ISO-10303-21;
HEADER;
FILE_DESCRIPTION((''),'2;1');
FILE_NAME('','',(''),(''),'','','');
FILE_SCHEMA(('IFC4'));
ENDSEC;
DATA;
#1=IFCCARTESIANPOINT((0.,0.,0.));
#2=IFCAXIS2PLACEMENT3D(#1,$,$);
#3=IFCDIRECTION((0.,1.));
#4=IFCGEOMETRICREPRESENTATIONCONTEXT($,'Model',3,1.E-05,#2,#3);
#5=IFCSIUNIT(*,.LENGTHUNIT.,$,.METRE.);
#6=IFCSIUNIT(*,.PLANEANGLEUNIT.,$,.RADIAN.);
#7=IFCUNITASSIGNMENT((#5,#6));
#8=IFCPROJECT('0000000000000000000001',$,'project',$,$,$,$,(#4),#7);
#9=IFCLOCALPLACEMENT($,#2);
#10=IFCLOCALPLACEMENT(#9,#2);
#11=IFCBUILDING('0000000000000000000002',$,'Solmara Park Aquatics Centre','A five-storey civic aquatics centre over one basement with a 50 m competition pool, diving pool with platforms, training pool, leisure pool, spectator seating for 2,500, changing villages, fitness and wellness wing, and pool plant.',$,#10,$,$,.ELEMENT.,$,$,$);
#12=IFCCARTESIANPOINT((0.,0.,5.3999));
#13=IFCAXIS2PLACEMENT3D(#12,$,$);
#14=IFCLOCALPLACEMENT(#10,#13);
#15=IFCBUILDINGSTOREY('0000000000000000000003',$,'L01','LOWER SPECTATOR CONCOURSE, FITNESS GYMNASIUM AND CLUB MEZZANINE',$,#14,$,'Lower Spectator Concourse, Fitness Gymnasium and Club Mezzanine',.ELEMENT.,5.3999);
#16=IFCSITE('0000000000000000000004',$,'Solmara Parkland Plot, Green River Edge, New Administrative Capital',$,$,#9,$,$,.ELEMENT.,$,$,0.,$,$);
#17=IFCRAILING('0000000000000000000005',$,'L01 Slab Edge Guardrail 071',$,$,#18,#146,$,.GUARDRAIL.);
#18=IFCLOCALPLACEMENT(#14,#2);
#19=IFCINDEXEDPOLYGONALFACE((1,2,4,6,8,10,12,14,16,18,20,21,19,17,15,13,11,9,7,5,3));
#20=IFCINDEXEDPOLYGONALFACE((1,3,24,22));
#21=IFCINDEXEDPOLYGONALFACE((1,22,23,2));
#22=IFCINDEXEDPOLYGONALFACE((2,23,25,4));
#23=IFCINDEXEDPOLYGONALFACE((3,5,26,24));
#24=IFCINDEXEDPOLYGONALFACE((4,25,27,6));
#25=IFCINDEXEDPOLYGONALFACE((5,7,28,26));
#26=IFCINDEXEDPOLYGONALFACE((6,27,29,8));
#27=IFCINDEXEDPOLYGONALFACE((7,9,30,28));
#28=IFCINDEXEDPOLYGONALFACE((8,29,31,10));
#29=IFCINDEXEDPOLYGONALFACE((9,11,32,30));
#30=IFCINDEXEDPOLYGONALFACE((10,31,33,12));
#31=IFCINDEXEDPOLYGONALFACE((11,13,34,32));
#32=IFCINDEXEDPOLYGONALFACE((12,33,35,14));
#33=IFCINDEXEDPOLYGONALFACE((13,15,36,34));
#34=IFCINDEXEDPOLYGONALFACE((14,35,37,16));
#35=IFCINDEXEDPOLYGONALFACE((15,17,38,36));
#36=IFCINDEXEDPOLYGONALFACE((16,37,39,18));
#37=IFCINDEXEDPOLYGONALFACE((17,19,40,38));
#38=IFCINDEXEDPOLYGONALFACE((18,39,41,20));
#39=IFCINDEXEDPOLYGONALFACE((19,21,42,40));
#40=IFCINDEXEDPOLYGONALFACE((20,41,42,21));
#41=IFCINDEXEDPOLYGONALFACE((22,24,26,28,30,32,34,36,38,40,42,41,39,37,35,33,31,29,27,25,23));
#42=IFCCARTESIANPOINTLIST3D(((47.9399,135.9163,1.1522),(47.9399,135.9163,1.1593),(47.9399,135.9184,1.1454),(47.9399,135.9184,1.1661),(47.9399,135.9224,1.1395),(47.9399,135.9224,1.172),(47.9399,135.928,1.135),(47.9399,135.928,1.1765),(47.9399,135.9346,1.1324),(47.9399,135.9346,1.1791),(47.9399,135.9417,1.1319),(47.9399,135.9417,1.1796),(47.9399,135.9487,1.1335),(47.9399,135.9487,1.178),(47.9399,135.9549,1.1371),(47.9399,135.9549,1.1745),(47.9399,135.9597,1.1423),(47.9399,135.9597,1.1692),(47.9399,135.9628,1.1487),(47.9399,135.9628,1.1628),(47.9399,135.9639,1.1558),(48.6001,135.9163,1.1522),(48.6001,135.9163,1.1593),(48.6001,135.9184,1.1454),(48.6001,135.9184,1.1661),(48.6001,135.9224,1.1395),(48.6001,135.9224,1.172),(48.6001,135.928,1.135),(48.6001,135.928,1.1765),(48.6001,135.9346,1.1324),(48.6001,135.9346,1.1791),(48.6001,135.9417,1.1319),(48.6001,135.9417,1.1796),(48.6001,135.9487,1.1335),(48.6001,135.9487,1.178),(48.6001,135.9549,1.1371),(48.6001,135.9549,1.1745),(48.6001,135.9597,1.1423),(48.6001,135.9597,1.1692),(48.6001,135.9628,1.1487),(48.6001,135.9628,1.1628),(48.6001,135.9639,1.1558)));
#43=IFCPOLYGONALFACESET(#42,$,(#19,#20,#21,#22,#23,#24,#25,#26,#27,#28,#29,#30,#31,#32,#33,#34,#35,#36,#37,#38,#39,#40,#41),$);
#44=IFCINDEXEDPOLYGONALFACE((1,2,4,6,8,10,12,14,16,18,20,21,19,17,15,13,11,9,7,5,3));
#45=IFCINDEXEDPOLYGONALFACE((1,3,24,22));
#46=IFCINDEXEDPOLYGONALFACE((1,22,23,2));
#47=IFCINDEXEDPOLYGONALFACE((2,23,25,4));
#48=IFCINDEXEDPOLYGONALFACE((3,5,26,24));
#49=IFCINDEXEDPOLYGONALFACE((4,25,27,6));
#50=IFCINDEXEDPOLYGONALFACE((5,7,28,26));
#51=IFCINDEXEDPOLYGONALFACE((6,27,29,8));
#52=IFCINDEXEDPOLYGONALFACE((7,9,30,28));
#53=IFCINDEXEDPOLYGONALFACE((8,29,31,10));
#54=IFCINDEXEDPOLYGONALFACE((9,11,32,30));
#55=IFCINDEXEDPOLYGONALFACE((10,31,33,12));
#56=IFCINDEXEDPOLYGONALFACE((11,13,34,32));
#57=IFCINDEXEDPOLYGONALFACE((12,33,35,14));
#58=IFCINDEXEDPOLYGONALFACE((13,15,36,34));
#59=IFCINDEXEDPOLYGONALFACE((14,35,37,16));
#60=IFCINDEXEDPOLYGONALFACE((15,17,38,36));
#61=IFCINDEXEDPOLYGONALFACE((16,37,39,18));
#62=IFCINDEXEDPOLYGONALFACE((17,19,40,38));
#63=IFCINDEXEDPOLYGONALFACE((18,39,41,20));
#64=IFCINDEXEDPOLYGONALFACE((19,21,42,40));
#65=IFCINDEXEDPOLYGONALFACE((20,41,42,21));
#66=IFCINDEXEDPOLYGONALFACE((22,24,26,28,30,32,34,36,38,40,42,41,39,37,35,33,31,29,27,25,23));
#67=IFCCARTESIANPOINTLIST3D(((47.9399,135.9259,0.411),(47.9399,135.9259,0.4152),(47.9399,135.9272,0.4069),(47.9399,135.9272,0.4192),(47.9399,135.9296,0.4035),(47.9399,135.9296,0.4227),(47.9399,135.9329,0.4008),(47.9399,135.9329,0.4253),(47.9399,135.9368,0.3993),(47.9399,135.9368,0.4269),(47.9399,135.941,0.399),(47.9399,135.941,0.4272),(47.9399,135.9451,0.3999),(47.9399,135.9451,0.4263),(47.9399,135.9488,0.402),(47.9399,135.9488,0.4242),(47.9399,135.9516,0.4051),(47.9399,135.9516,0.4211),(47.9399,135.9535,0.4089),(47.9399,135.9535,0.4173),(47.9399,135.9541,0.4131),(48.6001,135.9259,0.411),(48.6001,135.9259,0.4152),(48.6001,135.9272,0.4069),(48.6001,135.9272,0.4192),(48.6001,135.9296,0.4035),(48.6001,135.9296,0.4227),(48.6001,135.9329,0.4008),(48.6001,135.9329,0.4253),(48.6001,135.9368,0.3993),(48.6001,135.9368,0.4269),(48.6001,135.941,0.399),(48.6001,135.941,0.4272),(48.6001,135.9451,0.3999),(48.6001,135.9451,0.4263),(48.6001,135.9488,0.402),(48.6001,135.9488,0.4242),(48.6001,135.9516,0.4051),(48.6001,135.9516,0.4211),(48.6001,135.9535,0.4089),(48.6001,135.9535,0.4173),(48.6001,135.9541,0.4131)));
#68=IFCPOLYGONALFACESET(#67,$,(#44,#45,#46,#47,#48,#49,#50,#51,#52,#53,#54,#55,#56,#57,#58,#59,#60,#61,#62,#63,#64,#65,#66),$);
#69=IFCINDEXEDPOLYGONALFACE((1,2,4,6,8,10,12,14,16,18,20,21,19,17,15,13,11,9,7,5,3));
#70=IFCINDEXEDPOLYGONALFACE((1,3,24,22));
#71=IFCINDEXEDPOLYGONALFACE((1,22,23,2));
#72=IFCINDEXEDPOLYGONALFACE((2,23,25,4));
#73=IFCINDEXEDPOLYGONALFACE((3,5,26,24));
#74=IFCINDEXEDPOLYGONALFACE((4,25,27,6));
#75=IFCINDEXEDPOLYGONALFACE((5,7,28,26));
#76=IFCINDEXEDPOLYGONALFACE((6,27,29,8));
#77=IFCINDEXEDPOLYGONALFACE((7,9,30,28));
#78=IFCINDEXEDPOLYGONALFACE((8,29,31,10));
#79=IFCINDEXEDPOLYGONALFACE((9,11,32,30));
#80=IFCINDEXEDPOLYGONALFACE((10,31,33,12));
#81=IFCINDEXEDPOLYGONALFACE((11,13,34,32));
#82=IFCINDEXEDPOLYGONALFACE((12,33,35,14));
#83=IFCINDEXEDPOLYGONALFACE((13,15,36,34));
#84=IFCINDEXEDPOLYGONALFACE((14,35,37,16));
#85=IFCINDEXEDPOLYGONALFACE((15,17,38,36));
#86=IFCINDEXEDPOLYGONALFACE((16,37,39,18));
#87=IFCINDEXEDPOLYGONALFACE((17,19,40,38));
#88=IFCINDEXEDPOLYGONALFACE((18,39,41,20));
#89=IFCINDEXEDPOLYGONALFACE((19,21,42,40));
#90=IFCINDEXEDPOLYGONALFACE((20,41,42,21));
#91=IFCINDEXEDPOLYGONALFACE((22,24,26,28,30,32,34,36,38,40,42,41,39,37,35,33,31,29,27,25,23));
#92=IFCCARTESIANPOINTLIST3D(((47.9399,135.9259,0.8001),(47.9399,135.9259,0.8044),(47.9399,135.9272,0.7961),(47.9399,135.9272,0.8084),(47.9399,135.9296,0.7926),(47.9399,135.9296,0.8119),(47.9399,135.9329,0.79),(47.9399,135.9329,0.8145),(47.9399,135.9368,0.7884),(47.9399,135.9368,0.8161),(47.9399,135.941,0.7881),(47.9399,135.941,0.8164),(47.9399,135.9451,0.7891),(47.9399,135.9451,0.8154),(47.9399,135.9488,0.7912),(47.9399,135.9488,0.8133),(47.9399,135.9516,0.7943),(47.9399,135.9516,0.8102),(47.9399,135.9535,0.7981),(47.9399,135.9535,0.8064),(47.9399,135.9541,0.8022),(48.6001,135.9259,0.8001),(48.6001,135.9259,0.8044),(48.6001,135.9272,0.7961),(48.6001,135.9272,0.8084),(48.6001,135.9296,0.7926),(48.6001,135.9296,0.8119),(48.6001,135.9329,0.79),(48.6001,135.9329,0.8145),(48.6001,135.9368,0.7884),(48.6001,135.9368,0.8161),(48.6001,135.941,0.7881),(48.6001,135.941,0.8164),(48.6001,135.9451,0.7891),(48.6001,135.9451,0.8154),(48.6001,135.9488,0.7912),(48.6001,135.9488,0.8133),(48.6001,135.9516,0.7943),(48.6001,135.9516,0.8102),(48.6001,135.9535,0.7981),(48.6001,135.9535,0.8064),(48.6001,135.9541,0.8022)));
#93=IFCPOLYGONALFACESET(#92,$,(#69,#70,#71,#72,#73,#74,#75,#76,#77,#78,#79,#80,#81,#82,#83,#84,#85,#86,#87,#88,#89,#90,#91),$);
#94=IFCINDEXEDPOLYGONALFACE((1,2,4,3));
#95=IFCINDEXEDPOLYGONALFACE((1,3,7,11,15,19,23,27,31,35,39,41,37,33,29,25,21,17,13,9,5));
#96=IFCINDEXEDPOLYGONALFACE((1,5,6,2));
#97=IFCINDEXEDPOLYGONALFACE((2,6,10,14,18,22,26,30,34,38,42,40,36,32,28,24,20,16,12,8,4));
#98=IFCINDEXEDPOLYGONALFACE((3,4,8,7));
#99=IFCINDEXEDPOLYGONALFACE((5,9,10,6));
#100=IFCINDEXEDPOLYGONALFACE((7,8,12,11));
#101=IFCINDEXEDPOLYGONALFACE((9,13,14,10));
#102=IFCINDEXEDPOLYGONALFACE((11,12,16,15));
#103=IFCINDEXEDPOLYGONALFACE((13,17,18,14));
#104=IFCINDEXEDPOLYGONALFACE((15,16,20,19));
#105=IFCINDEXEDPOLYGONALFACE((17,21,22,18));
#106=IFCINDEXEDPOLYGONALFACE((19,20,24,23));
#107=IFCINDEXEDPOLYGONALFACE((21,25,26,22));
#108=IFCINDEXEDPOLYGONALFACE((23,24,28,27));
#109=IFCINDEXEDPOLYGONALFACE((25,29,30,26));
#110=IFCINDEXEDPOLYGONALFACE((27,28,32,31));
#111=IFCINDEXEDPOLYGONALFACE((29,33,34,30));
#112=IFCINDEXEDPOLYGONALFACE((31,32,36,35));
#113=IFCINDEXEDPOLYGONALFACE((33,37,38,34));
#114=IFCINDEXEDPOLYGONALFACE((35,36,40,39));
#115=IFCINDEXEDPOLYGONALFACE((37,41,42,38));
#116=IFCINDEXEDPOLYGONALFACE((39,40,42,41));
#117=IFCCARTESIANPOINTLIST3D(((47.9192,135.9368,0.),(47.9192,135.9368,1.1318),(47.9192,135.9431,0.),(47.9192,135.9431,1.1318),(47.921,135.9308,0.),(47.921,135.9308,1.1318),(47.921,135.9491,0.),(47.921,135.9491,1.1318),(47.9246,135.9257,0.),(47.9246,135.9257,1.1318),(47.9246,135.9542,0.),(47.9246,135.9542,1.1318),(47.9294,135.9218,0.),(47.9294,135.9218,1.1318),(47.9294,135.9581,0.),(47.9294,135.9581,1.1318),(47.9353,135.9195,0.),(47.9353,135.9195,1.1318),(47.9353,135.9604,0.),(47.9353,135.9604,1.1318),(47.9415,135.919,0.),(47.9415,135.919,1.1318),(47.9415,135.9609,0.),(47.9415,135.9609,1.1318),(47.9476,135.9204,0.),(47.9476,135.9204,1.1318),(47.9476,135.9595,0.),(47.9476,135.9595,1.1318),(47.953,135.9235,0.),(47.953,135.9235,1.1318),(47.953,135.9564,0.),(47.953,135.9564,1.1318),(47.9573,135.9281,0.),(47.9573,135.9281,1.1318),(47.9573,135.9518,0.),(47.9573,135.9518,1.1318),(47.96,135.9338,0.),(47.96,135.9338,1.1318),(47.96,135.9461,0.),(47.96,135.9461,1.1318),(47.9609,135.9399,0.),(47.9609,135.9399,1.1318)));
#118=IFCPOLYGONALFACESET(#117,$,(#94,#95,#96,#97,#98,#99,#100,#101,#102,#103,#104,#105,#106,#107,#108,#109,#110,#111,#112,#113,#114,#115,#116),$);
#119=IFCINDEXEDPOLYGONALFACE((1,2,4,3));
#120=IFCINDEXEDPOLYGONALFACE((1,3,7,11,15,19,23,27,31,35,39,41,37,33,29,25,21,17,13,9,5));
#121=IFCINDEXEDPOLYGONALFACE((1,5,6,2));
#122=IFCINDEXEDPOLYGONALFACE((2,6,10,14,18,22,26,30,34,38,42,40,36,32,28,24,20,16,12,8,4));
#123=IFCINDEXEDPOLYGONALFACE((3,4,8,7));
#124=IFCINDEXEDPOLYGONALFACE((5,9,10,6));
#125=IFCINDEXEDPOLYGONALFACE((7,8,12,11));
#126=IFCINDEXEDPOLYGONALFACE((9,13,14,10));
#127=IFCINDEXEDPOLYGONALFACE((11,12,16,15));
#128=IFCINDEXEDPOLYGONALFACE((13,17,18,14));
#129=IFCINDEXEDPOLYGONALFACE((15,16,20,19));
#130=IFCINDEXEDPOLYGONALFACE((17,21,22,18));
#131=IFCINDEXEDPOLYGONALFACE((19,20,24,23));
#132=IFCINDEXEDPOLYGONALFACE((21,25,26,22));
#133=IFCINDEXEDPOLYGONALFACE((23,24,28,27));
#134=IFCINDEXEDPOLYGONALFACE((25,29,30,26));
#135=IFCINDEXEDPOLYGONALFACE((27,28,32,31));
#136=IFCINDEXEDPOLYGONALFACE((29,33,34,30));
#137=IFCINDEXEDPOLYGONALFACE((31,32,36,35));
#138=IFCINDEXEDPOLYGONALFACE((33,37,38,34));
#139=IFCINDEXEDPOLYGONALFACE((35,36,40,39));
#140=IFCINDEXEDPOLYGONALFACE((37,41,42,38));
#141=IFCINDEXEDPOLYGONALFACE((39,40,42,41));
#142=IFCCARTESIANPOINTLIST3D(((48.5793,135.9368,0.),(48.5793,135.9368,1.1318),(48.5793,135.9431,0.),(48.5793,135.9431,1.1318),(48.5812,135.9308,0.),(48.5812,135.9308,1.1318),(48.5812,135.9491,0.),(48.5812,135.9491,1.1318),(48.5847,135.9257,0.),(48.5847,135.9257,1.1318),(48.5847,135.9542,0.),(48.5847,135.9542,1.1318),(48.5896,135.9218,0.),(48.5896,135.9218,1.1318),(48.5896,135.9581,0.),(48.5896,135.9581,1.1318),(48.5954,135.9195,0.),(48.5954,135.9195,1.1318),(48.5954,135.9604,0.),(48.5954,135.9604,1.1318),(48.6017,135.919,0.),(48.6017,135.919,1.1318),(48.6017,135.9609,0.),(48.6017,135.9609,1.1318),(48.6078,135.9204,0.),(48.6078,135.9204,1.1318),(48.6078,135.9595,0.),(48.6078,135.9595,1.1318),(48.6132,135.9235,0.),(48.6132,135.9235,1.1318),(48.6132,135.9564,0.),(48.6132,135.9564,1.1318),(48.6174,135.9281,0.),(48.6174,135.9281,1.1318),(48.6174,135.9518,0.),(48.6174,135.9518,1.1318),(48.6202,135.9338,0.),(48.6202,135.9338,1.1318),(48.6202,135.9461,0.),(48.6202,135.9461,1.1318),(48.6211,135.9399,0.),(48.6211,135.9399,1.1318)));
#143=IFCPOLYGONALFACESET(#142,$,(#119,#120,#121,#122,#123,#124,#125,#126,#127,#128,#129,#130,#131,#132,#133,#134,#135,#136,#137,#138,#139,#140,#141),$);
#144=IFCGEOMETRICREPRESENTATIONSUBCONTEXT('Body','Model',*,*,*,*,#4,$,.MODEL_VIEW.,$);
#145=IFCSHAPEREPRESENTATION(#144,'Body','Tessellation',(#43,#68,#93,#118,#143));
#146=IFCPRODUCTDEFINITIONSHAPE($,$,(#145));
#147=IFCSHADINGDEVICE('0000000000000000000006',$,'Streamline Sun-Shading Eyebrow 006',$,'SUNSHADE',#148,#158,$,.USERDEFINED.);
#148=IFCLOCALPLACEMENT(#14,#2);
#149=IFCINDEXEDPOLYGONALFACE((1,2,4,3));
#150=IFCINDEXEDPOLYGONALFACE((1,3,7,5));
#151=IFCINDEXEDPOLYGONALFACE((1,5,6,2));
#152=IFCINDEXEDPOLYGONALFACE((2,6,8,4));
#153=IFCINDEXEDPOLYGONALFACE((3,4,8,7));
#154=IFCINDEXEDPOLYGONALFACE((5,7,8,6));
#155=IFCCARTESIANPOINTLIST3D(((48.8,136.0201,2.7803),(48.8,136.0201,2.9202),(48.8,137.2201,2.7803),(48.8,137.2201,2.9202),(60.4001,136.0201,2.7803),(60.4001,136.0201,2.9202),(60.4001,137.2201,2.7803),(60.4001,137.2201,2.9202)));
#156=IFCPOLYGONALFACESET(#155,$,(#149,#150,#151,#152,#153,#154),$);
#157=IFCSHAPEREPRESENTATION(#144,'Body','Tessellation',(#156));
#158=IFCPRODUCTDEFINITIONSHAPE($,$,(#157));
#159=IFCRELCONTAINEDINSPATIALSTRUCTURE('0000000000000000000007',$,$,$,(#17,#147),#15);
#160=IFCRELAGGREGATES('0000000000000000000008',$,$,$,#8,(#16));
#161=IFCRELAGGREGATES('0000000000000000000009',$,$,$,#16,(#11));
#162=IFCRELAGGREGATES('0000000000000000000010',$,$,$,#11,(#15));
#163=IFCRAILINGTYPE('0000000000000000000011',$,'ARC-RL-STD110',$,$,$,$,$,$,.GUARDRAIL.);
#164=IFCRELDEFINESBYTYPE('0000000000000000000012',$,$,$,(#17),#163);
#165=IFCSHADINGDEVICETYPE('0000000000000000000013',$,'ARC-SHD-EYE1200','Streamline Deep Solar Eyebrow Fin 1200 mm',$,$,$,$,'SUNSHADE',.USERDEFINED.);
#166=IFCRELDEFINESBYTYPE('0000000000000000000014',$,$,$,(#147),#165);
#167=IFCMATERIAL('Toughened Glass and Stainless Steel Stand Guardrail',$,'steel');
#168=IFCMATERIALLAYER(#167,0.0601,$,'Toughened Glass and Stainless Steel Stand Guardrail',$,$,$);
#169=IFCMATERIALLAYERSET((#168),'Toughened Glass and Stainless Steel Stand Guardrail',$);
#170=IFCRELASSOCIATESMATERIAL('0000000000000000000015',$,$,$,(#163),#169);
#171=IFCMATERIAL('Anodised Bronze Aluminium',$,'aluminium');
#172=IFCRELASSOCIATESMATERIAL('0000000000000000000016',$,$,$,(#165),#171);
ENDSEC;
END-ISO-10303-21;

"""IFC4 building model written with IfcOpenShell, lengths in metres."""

from ifc_helpers import new_model, si_unit, direction, frame, origin, origin_2d, place, context, subcontext, project, spatial, rectangle, circle, extrude, material, layer, layer_set, type_object, element, save


model = new_model("IFC4")

# Units and contexts
model_context = context("Model", 3, precision=1e-05, world=origin(), true_north=direction((0.0, 1.0)))
body_context = subcontext(model_context, "Body", "Model", "MODEL_VIEW")
ifc_project = project(units=[si_unit("LENGTHUNIT", "METRE"), si_unit("PLANEANGLEUNIT", "RADIAN")], contexts=[model_context])

# Site, building, storey
site_placement = place(None, origin())
site = spatial("IfcSite", under=ifc_project, at=site_placement, Name="Solmara Parkland Plot, Green River Edge, New Administrative Capital", CompositionType="ELEMENT", RefElevation=0.0)
building_placement = place(site_placement, origin())
building = spatial("IfcBuilding", under=site, at=building_placement, Name="Solmara Park Aquatics Centre", Description="A five-storey civic aquatics centre over one basement with a 50 m competition pool, diving pool with platforms, training pool, leisure pool, spectator seating for 2,500, changing villages, fitness and wellness wing, and pool plant.", CompositionType="ELEMENT")
storey_placement = place(building_placement, frame((0.0, 0.0, 5.3999)))
storey = spatial("IfcBuildingStorey", under=building, at=storey_placement, Name="L01", Description="LOWER SPECTATOR CONCOURSE, FITNESS GYMNASIUM AND CLUB MEZZANINE", LongName="Lower Spectator Concourse, Fitness Gymnasium and Club Mezzanine", CompositionType="ELEMENT", Elevation=5.3999)

# Railing
ifc_material_1 = material(Name="Toughened Glass and Stainless Steel Stand Guardrail", Category="steel")
ifc_layer_1 = layer(ifc_material_1, 0.0601, Name="Toughened Glass and Stainless Steel Stand Guardrail")
ifc_layer_set_1 = layer_set([ifc_layer_1], Name="Toughened Glass and Stainless Steel Stand Guardrail")
railing_type = type_object("IfcRailingType", Name="ARC-RL-STD110", PredefinedType="GUARDRAIL", material=ifc_layer_set_1)
railing_placement = place(storey_placement, frame((47.9399, 135.9399, 0.0)))
element("IfcRailing", 1, at=railing_placement, inside=storey, type_object=railing_type, Name="L01 Slab Edge Guardrail 071", PredefinedType="GUARDRAIL", context=body_context, shape_type="SweptSolid", body=[
    extrude(circle(Radius=0.0239, at=origin_2d()), frame((0.0, 0.0, 1.1558), z_axis=(1.0, 0.0, 0.0), x_axis=(0.0, 1.0, 0.0)), (0.0, 0.0, 1.0), 0.6602),
    extrude(circle(Radius=0.0142, at=origin_2d()), frame((0.0, 0.0, 0.4131), z_axis=(1.0, 0.0, 0.0), x_axis=(0.0, 1.0, 0.0)), (0.0, 0.0, 1.0), 0.6602),
    extrude(circle(Radius=0.0142, at=origin_2d()), frame((0.0, 0.0, 0.8022), z_axis=(1.0, 0.0, 0.0), x_axis=(0.0, 1.0, 0.0)), (0.0, 0.0, 1.0), 0.6602),
    extrude(circle(Radius=0.021, at=origin_2d()), origin(), (0.0, 0.0, 1.0), 1.1318),
    extrude(circle(Radius=0.021, at=origin_2d()), frame((0.6602, 0.0, 0.0)), (0.0, 0.0, 1.0), 1.1318),
])

# Shading device
ifc_material_2 = material(Name="Anodised Bronze Aluminium", Category="aluminium")
shading_device_type = type_object("IfcShadingDeviceType", Name="ARC-SHD-EYE1200", Description="Streamline Deep Solar Eyebrow Fin 1200 mm", ElementType="SUNSHADE", PredefinedType="USERDEFINED", material=ifc_material_2)
shading_device_placement = place(storey_placement, frame((54.6001, 136.6201, 2.7803), z_axis=(0.0, 0.0, 1.0), x_axis=(1.0, 0.0, 0.0)))
element("IfcShadingDevice", 2, at=shading_device_placement, inside=storey, type_object=shading_device_type, Name="Streamline Sun-Shading Eyebrow 006", ObjectType="SUNSHADE", PredefinedType="USERDEFINED", context=body_context, shape_type="SweptSolid", body=[
    extrude(rectangle(XDim=11.6001, YDim=1.2, at=origin_2d()), origin(), (0.0, 0.0, 1.0), 0.1399),
])

save(model, "model.ifc")
